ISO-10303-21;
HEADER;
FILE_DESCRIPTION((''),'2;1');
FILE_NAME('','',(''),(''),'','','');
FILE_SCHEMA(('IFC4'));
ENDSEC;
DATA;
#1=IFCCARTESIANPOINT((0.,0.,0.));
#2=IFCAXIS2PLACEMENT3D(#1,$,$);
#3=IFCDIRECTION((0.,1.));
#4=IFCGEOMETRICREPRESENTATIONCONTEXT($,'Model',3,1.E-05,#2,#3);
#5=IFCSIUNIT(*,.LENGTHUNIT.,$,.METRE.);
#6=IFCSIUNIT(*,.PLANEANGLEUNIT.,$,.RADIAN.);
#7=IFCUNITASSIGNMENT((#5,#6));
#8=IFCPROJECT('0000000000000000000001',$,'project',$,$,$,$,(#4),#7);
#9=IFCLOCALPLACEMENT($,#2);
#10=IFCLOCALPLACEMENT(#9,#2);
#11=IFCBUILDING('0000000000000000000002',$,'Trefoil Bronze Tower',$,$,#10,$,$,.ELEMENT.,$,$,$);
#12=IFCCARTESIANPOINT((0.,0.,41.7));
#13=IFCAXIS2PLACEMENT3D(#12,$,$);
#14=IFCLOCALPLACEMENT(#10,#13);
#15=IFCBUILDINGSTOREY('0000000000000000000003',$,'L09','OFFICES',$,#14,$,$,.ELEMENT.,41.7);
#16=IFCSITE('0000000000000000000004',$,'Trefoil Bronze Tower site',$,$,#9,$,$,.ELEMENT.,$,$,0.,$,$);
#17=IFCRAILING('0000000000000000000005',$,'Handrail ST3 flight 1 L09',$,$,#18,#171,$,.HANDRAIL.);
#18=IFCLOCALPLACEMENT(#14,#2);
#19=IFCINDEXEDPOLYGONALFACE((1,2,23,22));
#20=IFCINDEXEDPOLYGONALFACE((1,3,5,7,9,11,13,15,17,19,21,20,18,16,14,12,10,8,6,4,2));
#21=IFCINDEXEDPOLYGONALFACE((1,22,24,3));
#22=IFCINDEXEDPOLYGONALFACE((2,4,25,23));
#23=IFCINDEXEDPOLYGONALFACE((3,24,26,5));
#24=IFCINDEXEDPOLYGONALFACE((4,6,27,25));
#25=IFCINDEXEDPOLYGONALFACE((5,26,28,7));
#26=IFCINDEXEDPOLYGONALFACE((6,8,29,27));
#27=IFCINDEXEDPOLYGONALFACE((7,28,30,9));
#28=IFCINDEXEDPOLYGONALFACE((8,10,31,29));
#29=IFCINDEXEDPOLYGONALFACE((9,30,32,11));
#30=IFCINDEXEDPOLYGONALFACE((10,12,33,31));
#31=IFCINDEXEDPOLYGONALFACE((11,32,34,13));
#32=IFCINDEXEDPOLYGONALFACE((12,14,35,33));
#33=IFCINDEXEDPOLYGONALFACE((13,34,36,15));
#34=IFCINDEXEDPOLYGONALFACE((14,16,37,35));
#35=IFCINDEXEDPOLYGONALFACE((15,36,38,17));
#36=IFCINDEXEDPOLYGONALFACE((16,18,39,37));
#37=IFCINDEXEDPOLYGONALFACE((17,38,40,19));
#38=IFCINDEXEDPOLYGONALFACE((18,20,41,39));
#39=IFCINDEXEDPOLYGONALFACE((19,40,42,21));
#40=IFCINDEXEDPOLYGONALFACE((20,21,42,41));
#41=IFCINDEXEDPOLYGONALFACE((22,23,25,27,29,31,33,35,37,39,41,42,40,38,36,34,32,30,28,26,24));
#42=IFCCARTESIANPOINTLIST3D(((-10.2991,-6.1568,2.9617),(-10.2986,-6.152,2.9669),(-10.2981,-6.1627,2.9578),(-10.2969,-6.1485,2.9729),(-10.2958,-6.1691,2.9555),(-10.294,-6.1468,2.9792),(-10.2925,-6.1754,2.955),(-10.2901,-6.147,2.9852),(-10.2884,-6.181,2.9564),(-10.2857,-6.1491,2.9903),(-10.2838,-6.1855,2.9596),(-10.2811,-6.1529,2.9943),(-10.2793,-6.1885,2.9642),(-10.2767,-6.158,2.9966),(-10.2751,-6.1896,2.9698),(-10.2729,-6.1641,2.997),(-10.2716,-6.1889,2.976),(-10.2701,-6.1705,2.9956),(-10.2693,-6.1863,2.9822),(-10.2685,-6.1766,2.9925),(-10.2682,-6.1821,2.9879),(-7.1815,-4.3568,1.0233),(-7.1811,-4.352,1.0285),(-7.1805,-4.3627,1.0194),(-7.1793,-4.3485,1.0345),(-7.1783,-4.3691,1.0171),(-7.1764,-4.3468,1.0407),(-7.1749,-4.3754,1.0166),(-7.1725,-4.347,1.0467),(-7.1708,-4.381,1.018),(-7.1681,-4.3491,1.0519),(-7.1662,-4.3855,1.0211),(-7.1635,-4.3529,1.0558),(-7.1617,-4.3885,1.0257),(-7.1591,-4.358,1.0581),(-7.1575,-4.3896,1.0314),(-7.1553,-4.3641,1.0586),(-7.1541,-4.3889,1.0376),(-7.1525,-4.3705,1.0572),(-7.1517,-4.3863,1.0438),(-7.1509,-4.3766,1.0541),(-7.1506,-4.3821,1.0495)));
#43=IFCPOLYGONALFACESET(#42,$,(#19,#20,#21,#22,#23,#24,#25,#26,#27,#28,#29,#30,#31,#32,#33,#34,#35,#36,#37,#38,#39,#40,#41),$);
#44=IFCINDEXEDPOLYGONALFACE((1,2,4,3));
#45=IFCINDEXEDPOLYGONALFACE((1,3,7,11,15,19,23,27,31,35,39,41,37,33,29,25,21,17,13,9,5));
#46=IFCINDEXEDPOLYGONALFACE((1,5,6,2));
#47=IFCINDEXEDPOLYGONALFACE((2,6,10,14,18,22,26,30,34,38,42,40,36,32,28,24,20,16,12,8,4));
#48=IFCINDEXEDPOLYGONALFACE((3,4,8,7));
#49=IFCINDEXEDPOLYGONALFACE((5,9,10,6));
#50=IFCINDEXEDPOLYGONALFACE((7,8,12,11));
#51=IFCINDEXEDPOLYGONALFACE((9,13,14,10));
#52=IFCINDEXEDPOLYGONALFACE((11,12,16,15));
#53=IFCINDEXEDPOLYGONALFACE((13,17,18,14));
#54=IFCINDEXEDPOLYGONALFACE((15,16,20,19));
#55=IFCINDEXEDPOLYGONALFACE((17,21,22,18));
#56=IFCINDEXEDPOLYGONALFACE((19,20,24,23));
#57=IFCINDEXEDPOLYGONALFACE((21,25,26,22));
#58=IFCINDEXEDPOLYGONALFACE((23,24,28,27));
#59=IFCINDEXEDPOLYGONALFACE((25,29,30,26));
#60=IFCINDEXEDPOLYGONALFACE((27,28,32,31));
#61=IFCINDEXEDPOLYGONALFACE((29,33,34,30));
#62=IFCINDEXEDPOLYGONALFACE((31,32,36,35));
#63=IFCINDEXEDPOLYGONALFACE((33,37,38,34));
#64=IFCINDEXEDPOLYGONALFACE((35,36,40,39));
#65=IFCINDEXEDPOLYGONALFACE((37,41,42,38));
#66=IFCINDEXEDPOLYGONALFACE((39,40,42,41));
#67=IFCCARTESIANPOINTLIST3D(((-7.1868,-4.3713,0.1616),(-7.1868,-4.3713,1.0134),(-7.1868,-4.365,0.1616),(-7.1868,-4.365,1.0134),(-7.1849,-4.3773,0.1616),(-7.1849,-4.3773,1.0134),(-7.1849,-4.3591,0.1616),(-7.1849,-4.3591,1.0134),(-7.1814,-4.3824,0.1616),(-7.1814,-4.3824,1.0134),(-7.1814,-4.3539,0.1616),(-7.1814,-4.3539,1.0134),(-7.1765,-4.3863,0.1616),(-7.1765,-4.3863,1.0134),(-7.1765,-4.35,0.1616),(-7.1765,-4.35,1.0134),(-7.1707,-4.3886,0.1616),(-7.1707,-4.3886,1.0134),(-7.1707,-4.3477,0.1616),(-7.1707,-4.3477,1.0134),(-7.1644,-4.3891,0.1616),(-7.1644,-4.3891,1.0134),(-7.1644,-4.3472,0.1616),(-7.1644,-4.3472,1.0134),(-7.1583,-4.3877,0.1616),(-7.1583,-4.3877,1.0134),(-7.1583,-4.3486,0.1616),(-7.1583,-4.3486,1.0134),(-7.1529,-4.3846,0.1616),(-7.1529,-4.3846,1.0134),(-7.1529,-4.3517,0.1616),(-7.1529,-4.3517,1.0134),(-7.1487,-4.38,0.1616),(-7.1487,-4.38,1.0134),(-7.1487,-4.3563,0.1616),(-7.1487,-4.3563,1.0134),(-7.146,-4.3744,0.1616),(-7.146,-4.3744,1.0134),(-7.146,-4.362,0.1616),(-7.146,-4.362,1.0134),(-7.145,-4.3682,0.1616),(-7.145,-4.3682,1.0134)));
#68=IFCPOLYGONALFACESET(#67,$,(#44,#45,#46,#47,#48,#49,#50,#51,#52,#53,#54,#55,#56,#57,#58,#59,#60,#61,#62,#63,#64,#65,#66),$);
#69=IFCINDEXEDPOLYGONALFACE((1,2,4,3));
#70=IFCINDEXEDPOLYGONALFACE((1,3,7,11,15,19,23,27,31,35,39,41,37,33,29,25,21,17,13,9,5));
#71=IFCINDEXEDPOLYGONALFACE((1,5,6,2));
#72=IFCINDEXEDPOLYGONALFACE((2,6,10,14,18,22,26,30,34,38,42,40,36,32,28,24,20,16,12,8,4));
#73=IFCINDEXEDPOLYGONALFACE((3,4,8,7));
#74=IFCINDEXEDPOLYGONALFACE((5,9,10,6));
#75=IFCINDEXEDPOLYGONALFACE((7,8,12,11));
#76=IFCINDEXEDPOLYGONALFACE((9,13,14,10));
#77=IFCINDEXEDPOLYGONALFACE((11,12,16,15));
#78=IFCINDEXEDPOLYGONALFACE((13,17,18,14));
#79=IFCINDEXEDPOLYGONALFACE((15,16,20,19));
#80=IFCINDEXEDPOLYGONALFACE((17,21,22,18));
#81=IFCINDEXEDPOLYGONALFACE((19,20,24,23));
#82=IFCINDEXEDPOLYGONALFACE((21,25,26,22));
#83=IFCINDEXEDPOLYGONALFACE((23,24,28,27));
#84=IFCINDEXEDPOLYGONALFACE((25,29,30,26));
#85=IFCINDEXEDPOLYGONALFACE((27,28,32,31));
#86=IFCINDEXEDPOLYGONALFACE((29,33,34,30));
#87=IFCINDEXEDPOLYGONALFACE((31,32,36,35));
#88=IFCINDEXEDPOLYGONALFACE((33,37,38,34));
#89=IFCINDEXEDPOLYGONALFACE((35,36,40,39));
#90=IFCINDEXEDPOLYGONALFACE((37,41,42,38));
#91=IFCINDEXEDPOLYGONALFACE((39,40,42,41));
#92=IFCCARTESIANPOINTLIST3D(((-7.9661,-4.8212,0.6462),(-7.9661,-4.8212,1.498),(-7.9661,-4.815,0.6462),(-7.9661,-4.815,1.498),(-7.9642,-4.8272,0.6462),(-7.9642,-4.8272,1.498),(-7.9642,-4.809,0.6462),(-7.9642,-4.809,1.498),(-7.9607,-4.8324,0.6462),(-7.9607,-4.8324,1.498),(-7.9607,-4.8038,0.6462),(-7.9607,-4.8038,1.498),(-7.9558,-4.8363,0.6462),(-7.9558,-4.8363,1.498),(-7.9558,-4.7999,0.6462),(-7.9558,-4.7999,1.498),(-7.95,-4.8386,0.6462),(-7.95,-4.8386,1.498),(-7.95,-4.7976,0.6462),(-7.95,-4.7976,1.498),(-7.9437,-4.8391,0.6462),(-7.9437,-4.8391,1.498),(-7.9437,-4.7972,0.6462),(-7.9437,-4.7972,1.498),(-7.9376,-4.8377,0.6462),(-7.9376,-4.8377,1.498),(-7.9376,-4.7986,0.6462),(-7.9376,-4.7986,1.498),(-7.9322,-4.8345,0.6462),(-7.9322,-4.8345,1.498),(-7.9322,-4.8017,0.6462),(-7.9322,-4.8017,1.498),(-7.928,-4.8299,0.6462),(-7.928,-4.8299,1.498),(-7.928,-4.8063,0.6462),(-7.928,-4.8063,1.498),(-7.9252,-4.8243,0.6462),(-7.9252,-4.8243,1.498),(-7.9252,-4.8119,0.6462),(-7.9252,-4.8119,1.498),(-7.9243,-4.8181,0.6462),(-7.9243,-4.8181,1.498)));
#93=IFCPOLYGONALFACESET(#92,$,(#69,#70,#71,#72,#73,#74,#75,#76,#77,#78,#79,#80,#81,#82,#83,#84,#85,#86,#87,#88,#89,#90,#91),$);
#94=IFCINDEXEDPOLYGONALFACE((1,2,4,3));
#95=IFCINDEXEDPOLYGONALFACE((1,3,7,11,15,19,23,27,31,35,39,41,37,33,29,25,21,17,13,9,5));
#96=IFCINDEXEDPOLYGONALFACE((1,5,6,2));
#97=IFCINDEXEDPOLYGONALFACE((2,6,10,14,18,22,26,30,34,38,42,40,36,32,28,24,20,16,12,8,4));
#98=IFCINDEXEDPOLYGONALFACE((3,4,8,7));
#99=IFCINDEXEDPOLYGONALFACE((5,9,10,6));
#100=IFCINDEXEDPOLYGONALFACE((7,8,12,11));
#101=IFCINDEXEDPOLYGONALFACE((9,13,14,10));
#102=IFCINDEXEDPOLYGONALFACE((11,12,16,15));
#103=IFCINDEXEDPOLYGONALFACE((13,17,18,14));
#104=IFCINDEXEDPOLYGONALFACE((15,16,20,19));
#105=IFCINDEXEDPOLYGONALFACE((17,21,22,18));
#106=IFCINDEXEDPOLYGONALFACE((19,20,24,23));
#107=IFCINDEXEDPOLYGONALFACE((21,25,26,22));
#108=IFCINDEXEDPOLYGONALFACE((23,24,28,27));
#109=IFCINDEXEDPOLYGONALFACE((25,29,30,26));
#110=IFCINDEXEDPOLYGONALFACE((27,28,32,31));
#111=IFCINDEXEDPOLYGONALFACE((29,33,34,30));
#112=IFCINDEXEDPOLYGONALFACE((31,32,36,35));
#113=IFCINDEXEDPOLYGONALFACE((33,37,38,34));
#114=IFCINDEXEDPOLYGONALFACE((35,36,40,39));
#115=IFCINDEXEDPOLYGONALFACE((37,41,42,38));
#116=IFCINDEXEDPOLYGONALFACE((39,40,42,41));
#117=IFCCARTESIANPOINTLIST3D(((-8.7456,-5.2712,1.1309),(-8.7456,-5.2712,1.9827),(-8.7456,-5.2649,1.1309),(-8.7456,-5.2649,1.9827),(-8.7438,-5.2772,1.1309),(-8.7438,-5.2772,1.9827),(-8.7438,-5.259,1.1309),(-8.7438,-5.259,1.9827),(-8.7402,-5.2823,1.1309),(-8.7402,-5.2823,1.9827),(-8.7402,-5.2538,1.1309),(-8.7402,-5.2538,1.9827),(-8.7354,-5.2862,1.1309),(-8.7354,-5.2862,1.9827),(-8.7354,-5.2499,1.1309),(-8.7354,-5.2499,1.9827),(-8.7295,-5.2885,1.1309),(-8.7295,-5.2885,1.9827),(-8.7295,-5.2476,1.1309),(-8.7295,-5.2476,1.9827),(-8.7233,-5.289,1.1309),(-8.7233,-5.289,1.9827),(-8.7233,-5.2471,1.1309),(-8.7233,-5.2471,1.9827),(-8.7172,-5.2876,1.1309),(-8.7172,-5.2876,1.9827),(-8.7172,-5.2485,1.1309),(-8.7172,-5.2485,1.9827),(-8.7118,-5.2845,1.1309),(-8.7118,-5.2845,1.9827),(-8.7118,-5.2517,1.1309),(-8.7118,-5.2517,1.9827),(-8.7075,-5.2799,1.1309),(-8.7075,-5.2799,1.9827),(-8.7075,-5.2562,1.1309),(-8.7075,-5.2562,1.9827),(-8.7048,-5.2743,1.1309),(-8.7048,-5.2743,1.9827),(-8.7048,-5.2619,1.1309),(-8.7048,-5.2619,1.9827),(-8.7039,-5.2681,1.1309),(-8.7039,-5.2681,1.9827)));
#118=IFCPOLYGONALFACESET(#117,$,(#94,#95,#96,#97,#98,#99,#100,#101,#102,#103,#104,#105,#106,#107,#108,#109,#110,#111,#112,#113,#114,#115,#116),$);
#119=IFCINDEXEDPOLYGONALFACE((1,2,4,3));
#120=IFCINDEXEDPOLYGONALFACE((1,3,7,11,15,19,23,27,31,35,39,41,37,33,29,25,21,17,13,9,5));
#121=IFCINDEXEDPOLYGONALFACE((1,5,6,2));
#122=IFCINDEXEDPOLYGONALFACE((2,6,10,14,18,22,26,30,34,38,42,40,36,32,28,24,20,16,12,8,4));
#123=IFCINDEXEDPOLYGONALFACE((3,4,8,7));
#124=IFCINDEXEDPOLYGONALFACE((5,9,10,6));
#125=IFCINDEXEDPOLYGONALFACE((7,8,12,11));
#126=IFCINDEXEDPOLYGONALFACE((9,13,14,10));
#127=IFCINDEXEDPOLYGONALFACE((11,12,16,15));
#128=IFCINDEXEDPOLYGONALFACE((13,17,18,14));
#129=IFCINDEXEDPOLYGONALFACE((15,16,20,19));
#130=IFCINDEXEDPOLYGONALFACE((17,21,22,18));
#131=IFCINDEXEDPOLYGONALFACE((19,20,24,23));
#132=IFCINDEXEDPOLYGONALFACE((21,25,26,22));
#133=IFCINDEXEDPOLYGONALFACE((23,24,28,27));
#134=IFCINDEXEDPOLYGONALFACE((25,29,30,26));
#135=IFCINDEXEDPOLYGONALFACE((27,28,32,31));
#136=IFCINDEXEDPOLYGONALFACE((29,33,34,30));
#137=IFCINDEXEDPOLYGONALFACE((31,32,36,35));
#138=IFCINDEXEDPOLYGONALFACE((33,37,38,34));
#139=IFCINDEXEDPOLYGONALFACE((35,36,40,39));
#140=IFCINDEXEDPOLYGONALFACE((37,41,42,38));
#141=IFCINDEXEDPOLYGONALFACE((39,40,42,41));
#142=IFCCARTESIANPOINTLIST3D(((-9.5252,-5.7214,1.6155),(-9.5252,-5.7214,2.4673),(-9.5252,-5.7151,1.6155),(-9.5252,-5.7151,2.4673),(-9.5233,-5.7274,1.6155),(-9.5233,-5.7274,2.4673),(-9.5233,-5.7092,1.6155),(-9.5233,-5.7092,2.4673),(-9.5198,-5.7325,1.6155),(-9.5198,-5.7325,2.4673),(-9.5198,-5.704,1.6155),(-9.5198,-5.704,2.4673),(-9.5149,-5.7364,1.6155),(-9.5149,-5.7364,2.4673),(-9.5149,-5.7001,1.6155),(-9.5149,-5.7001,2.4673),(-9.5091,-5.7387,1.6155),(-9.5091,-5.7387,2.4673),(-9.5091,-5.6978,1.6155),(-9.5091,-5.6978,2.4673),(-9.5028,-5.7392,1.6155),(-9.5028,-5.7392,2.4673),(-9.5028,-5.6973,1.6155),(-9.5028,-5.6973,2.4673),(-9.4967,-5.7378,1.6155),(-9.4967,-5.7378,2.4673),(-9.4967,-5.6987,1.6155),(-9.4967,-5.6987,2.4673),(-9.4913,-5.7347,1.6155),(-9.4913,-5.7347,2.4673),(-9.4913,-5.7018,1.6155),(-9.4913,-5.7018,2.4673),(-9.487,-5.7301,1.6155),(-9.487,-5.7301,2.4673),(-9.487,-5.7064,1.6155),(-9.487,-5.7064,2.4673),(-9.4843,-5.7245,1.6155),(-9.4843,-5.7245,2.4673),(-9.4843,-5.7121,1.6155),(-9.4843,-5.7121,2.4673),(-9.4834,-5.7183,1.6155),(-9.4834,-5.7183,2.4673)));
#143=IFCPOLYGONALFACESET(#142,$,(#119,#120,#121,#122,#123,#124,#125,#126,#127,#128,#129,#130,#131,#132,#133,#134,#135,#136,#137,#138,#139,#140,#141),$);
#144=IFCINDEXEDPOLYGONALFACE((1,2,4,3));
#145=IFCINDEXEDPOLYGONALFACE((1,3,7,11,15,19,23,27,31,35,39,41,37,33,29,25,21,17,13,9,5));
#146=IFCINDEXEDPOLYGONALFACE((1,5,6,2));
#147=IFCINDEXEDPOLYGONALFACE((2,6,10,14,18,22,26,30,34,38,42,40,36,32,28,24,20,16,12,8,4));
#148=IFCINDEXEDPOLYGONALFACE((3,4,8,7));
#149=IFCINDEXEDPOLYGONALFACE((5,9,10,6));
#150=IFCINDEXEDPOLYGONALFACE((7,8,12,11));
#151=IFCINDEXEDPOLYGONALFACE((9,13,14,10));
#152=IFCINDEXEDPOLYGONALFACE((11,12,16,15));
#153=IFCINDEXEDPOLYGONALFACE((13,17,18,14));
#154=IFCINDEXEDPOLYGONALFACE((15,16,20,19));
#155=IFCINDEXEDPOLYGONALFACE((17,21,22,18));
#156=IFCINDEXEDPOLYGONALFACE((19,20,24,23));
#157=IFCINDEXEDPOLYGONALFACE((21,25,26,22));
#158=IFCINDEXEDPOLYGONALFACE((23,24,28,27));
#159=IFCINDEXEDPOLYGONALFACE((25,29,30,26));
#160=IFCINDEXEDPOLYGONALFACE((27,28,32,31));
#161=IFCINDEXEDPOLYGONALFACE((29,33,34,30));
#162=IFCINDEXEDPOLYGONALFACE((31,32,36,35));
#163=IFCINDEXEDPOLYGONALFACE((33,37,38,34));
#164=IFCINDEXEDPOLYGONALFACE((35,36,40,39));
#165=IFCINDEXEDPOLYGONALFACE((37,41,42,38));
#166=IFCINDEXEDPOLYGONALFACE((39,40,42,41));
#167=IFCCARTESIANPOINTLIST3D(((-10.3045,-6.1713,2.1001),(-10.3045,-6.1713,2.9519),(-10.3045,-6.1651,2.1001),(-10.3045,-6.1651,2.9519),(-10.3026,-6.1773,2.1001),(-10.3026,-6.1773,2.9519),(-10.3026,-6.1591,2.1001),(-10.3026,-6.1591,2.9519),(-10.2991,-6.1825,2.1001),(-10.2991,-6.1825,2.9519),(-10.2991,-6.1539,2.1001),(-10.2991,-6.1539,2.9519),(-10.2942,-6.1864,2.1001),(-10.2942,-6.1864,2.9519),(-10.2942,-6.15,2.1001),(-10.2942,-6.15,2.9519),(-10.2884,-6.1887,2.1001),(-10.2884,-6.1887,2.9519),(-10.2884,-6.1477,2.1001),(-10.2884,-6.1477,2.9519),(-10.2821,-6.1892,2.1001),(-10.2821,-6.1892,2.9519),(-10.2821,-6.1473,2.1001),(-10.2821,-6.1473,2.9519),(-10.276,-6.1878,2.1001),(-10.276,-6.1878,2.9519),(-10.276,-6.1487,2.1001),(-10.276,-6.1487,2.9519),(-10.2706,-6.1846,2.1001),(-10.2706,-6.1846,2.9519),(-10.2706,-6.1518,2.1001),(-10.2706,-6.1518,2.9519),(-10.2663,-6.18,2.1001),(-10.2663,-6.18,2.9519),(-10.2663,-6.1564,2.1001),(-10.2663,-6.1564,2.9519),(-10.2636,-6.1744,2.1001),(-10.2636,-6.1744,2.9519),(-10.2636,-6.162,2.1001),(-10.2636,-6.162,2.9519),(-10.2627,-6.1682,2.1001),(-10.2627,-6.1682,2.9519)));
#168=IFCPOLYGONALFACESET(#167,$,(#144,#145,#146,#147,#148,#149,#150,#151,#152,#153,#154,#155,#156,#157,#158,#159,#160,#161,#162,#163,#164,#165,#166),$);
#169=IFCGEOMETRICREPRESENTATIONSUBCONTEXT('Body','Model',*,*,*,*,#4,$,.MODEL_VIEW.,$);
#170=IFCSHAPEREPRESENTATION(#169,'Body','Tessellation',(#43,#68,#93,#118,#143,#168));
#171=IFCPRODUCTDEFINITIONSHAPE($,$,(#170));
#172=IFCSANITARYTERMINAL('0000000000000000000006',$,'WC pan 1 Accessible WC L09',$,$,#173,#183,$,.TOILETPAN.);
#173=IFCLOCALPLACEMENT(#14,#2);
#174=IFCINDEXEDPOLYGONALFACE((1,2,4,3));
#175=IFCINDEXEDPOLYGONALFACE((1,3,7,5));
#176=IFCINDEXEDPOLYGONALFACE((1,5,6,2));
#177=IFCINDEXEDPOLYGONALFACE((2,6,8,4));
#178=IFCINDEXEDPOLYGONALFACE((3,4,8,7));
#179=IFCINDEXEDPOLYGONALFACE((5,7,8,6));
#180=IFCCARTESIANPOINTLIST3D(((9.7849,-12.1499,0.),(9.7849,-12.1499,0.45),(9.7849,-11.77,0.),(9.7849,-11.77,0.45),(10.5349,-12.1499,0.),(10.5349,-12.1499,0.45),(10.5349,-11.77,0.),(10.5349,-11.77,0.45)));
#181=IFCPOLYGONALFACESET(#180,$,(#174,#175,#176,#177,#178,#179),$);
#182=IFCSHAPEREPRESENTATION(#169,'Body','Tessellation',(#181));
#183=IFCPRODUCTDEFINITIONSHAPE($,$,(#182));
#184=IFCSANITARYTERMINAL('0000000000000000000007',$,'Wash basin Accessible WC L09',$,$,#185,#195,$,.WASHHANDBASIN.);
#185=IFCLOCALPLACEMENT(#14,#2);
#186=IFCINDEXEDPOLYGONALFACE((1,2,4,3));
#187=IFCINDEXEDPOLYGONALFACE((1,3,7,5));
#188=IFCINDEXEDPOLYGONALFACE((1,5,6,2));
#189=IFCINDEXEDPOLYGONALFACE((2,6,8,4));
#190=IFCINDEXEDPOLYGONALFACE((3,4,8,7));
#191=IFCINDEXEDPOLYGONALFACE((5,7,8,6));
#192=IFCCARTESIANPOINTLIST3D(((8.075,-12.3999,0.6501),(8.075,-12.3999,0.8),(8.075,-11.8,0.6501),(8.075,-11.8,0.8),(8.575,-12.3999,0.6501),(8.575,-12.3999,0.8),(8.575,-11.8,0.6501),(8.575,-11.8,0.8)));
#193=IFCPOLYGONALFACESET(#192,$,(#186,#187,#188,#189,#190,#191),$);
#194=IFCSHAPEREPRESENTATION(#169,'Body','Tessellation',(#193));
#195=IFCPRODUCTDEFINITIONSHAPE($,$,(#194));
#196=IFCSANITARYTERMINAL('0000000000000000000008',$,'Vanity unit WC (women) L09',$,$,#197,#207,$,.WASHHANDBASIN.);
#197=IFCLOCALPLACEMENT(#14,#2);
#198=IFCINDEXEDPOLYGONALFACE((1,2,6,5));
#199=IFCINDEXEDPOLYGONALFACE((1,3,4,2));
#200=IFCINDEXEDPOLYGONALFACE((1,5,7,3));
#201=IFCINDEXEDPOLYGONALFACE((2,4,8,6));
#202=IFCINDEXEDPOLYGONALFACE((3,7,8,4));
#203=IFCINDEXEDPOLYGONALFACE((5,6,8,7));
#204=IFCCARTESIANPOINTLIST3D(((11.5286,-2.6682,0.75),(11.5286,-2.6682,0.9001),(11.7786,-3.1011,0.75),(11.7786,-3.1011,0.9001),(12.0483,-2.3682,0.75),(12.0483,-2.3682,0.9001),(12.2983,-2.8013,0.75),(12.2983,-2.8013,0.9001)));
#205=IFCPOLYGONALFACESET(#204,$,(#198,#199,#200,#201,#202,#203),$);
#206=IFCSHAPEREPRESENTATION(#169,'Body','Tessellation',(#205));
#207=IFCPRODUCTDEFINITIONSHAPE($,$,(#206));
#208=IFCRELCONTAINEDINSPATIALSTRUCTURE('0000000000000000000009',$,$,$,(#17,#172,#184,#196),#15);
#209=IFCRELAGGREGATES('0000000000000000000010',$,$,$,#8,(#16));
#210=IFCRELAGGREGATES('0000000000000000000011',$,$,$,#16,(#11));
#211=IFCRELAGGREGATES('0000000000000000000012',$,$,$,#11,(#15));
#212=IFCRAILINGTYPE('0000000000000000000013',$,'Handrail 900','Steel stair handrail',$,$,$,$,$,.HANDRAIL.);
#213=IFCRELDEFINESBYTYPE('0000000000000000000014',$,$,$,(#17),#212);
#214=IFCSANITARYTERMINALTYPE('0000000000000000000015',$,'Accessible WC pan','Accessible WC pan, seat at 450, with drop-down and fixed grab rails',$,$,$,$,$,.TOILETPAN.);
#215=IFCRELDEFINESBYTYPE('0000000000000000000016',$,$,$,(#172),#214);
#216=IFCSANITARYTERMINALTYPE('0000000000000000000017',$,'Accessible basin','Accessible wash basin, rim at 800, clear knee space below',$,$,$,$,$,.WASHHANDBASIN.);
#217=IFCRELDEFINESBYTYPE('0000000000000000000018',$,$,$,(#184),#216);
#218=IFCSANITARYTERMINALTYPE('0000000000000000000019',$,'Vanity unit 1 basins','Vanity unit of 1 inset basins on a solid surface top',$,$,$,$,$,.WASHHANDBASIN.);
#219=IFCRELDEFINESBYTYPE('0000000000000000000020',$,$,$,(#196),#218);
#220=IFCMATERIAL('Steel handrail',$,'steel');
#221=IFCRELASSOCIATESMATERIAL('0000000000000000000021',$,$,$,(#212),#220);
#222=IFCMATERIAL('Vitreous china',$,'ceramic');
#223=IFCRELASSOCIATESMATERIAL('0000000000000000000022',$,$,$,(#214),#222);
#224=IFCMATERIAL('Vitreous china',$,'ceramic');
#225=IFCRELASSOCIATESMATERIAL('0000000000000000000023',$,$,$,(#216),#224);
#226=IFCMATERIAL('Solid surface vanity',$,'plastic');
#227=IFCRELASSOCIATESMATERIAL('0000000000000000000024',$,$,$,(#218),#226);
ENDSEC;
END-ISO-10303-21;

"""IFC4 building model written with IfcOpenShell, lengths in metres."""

from ifc_helpers import new_model, si_unit, direction, frame, origin, origin_2d, place, context, subcontext, project, spatial, polyline, circle, outline, extrude, material, type_object, element, save


model = new_model("IFC4")

# Units and contexts
model_context = context("Model", 3, precision=1e-05, world=origin(), true_north=direction((0.0, 1.0)))
body_context = subcontext(model_context, "Body", "Model", "MODEL_VIEW")
ifc_project = project(units=[si_unit("LENGTHUNIT", "METRE"), si_unit("PLANEANGLEUNIT", "RADIAN")], contexts=[model_context])

# Site, building, storey
site_placement = place(None, origin())
site = spatial("IfcSite", under=ifc_project, at=site_placement, Name="Trefoil Bronze Tower site", CompositionType="ELEMENT", RefElevation=0.0)
building_placement = place(site_placement, origin())
building = spatial("IfcBuilding", under=site, at=building_placement, Name="Trefoil Bronze Tower", CompositionType="ELEMENT")
storey_placement = place(building_placement, frame((0.0, 0.0, 41.7)))
storey = spatial("IfcBuildingStorey", under=building, at=storey_placement, Name="L09", Description="OFFICES", CompositionType="ELEMENT", Elevation=41.7)

# Railing
ifc_material_1 = material(Name="Steel handrail", Category="steel")
railing_type = type_object("IfcRailingType", Name="Handrail 900", Description="Steel stair handrail", PredefinedType="HANDRAIL", material=ifc_material_1)
railing_placement = place(storey_placement, frame((-7.166, -4.3682, 0.1616)))
element("IfcRailing", 1, at=railing_placement, inside=storey, type_object=railing_type, Name="Handrail ST3 flight 1 L09", PredefinedType="HANDRAIL", context=body_context, shape_type="SweptSolid", body=[
    extrude(circle(Radius=0.0239, at=origin_2d()), frame((0.0, 0.0, 0.876), z_axis=(-0.762503, -0.440246, 0.474102), x_axis=(0.500012, -0.866018, 0.0)), (0.0, 0.0, 1.0), 4.0886),
    extrude(circle(Radius=0.021, at=origin_2d()), origin(), (0.0, 0.0, 1.0), 0.8518),
    extrude(circle(Radius=0.021, at=origin_2d()), frame((-0.7793, -0.45, 0.4846)), (0.0, 0.0, 1.0), 0.8518),
    extrude(circle(Radius=0.021, at=origin_2d()), frame((-1.5588, -0.8999, 0.9692)), (0.0, 0.0, 1.0), 0.8518),
    extrude(circle(Radius=0.021, at=origin_2d()), frame((-2.3384, -1.3501, 1.4539)), (0.0, 0.0, 1.0), 0.8518),
    extrude(circle(Radius=0.021, at=origin_2d()), frame((-3.1177, -1.8, 1.9385)), (0.0, 0.0, 1.0), 0.8518),
])

# Sanitary terminals
ifc_material_2 = material(Name="Vitreous china", Category="ceramic")
sanitary_terminal_type_1 = type_object("IfcSanitaryTerminalType", Name="Accessible WC pan", Description="Accessible WC pan, seat at 450, with drop-down and fixed grab rails", PredefinedType="TOILETPAN", material=ifc_material_2)
sanitary_terminal_1_placement = place(storey_placement, origin())
element("IfcSanitaryTerminal", 2, at=sanitary_terminal_1_placement, inside=storey, type_object=sanitary_terminal_type_1, Name="WC pan 1 Accessible WC L09", PredefinedType="TOILETPAN", context=body_context, shape_type="SweptSolid", body=[
    extrude(outline(polyline([(9.7849, -11.77), (10.5349, -11.77), (10.5349, -12.1499), (9.7849, -12.1499), (9.7849, -11.77)])), origin(), (0.0, 0.0, 1.0), 0.45),
])
ifc_material_3 = material(Name="Vitreous china", Category="ceramic")
sanitary_terminal_type_2 = type_object("IfcSanitaryTerminalType", Name="Accessible basin", Description="Accessible wash basin, rim at 800, clear knee space below", PredefinedType="WASHHANDBASIN", material=ifc_material_3)
sanitary_terminal_2_placement = place(storey_placement, frame((0.0, 0.0, 0.6501)))
element("IfcSanitaryTerminal", 3, at=sanitary_terminal_2_placement, inside=storey, type_object=sanitary_terminal_type_2, Name="Wash basin Accessible WC L09", PredefinedType="WASHHANDBASIN", context=body_context, shape_type="SweptSolid", body=[
    extrude(outline(polyline([(8.075, -11.8), (8.575, -11.8), (8.575, -12.3999), (8.075, -12.3999), (8.075, -11.8)])), origin(), (0.0, 0.0, 1.0), 0.1499),
])
ifc_material_4 = material(Name="Solid surface vanity", Category="plastic")
sanitary_terminal_type_3 = type_object("IfcSanitaryTerminalType", Name="Vanity unit 1 basins", Description="Vanity unit of 1 inset basins on a solid surface top", PredefinedType="WASHHANDBASIN", material=ifc_material_4)
sanitary_terminal_3_placement = place(storey_placement, frame((0.0, 0.0, 0.75)))
element("IfcSanitaryTerminal", 4, at=sanitary_terminal_3_placement, inside=storey, type_object=sanitary_terminal_type_3, Name="Vanity unit WC (women) L09", PredefinedType="WASHHANDBASIN", context=body_context, shape_type="SweptSolid", body=[
    extrude(outline(polyline([(11.5286, -2.6682), (11.7786, -3.1011), (12.2983, -2.8013), (12.0483, -2.3682), (11.5286, -2.6682)])), origin(), (0.0, 0.0, 1.0), 0.1501),
])

save(model, "model.ifc")
